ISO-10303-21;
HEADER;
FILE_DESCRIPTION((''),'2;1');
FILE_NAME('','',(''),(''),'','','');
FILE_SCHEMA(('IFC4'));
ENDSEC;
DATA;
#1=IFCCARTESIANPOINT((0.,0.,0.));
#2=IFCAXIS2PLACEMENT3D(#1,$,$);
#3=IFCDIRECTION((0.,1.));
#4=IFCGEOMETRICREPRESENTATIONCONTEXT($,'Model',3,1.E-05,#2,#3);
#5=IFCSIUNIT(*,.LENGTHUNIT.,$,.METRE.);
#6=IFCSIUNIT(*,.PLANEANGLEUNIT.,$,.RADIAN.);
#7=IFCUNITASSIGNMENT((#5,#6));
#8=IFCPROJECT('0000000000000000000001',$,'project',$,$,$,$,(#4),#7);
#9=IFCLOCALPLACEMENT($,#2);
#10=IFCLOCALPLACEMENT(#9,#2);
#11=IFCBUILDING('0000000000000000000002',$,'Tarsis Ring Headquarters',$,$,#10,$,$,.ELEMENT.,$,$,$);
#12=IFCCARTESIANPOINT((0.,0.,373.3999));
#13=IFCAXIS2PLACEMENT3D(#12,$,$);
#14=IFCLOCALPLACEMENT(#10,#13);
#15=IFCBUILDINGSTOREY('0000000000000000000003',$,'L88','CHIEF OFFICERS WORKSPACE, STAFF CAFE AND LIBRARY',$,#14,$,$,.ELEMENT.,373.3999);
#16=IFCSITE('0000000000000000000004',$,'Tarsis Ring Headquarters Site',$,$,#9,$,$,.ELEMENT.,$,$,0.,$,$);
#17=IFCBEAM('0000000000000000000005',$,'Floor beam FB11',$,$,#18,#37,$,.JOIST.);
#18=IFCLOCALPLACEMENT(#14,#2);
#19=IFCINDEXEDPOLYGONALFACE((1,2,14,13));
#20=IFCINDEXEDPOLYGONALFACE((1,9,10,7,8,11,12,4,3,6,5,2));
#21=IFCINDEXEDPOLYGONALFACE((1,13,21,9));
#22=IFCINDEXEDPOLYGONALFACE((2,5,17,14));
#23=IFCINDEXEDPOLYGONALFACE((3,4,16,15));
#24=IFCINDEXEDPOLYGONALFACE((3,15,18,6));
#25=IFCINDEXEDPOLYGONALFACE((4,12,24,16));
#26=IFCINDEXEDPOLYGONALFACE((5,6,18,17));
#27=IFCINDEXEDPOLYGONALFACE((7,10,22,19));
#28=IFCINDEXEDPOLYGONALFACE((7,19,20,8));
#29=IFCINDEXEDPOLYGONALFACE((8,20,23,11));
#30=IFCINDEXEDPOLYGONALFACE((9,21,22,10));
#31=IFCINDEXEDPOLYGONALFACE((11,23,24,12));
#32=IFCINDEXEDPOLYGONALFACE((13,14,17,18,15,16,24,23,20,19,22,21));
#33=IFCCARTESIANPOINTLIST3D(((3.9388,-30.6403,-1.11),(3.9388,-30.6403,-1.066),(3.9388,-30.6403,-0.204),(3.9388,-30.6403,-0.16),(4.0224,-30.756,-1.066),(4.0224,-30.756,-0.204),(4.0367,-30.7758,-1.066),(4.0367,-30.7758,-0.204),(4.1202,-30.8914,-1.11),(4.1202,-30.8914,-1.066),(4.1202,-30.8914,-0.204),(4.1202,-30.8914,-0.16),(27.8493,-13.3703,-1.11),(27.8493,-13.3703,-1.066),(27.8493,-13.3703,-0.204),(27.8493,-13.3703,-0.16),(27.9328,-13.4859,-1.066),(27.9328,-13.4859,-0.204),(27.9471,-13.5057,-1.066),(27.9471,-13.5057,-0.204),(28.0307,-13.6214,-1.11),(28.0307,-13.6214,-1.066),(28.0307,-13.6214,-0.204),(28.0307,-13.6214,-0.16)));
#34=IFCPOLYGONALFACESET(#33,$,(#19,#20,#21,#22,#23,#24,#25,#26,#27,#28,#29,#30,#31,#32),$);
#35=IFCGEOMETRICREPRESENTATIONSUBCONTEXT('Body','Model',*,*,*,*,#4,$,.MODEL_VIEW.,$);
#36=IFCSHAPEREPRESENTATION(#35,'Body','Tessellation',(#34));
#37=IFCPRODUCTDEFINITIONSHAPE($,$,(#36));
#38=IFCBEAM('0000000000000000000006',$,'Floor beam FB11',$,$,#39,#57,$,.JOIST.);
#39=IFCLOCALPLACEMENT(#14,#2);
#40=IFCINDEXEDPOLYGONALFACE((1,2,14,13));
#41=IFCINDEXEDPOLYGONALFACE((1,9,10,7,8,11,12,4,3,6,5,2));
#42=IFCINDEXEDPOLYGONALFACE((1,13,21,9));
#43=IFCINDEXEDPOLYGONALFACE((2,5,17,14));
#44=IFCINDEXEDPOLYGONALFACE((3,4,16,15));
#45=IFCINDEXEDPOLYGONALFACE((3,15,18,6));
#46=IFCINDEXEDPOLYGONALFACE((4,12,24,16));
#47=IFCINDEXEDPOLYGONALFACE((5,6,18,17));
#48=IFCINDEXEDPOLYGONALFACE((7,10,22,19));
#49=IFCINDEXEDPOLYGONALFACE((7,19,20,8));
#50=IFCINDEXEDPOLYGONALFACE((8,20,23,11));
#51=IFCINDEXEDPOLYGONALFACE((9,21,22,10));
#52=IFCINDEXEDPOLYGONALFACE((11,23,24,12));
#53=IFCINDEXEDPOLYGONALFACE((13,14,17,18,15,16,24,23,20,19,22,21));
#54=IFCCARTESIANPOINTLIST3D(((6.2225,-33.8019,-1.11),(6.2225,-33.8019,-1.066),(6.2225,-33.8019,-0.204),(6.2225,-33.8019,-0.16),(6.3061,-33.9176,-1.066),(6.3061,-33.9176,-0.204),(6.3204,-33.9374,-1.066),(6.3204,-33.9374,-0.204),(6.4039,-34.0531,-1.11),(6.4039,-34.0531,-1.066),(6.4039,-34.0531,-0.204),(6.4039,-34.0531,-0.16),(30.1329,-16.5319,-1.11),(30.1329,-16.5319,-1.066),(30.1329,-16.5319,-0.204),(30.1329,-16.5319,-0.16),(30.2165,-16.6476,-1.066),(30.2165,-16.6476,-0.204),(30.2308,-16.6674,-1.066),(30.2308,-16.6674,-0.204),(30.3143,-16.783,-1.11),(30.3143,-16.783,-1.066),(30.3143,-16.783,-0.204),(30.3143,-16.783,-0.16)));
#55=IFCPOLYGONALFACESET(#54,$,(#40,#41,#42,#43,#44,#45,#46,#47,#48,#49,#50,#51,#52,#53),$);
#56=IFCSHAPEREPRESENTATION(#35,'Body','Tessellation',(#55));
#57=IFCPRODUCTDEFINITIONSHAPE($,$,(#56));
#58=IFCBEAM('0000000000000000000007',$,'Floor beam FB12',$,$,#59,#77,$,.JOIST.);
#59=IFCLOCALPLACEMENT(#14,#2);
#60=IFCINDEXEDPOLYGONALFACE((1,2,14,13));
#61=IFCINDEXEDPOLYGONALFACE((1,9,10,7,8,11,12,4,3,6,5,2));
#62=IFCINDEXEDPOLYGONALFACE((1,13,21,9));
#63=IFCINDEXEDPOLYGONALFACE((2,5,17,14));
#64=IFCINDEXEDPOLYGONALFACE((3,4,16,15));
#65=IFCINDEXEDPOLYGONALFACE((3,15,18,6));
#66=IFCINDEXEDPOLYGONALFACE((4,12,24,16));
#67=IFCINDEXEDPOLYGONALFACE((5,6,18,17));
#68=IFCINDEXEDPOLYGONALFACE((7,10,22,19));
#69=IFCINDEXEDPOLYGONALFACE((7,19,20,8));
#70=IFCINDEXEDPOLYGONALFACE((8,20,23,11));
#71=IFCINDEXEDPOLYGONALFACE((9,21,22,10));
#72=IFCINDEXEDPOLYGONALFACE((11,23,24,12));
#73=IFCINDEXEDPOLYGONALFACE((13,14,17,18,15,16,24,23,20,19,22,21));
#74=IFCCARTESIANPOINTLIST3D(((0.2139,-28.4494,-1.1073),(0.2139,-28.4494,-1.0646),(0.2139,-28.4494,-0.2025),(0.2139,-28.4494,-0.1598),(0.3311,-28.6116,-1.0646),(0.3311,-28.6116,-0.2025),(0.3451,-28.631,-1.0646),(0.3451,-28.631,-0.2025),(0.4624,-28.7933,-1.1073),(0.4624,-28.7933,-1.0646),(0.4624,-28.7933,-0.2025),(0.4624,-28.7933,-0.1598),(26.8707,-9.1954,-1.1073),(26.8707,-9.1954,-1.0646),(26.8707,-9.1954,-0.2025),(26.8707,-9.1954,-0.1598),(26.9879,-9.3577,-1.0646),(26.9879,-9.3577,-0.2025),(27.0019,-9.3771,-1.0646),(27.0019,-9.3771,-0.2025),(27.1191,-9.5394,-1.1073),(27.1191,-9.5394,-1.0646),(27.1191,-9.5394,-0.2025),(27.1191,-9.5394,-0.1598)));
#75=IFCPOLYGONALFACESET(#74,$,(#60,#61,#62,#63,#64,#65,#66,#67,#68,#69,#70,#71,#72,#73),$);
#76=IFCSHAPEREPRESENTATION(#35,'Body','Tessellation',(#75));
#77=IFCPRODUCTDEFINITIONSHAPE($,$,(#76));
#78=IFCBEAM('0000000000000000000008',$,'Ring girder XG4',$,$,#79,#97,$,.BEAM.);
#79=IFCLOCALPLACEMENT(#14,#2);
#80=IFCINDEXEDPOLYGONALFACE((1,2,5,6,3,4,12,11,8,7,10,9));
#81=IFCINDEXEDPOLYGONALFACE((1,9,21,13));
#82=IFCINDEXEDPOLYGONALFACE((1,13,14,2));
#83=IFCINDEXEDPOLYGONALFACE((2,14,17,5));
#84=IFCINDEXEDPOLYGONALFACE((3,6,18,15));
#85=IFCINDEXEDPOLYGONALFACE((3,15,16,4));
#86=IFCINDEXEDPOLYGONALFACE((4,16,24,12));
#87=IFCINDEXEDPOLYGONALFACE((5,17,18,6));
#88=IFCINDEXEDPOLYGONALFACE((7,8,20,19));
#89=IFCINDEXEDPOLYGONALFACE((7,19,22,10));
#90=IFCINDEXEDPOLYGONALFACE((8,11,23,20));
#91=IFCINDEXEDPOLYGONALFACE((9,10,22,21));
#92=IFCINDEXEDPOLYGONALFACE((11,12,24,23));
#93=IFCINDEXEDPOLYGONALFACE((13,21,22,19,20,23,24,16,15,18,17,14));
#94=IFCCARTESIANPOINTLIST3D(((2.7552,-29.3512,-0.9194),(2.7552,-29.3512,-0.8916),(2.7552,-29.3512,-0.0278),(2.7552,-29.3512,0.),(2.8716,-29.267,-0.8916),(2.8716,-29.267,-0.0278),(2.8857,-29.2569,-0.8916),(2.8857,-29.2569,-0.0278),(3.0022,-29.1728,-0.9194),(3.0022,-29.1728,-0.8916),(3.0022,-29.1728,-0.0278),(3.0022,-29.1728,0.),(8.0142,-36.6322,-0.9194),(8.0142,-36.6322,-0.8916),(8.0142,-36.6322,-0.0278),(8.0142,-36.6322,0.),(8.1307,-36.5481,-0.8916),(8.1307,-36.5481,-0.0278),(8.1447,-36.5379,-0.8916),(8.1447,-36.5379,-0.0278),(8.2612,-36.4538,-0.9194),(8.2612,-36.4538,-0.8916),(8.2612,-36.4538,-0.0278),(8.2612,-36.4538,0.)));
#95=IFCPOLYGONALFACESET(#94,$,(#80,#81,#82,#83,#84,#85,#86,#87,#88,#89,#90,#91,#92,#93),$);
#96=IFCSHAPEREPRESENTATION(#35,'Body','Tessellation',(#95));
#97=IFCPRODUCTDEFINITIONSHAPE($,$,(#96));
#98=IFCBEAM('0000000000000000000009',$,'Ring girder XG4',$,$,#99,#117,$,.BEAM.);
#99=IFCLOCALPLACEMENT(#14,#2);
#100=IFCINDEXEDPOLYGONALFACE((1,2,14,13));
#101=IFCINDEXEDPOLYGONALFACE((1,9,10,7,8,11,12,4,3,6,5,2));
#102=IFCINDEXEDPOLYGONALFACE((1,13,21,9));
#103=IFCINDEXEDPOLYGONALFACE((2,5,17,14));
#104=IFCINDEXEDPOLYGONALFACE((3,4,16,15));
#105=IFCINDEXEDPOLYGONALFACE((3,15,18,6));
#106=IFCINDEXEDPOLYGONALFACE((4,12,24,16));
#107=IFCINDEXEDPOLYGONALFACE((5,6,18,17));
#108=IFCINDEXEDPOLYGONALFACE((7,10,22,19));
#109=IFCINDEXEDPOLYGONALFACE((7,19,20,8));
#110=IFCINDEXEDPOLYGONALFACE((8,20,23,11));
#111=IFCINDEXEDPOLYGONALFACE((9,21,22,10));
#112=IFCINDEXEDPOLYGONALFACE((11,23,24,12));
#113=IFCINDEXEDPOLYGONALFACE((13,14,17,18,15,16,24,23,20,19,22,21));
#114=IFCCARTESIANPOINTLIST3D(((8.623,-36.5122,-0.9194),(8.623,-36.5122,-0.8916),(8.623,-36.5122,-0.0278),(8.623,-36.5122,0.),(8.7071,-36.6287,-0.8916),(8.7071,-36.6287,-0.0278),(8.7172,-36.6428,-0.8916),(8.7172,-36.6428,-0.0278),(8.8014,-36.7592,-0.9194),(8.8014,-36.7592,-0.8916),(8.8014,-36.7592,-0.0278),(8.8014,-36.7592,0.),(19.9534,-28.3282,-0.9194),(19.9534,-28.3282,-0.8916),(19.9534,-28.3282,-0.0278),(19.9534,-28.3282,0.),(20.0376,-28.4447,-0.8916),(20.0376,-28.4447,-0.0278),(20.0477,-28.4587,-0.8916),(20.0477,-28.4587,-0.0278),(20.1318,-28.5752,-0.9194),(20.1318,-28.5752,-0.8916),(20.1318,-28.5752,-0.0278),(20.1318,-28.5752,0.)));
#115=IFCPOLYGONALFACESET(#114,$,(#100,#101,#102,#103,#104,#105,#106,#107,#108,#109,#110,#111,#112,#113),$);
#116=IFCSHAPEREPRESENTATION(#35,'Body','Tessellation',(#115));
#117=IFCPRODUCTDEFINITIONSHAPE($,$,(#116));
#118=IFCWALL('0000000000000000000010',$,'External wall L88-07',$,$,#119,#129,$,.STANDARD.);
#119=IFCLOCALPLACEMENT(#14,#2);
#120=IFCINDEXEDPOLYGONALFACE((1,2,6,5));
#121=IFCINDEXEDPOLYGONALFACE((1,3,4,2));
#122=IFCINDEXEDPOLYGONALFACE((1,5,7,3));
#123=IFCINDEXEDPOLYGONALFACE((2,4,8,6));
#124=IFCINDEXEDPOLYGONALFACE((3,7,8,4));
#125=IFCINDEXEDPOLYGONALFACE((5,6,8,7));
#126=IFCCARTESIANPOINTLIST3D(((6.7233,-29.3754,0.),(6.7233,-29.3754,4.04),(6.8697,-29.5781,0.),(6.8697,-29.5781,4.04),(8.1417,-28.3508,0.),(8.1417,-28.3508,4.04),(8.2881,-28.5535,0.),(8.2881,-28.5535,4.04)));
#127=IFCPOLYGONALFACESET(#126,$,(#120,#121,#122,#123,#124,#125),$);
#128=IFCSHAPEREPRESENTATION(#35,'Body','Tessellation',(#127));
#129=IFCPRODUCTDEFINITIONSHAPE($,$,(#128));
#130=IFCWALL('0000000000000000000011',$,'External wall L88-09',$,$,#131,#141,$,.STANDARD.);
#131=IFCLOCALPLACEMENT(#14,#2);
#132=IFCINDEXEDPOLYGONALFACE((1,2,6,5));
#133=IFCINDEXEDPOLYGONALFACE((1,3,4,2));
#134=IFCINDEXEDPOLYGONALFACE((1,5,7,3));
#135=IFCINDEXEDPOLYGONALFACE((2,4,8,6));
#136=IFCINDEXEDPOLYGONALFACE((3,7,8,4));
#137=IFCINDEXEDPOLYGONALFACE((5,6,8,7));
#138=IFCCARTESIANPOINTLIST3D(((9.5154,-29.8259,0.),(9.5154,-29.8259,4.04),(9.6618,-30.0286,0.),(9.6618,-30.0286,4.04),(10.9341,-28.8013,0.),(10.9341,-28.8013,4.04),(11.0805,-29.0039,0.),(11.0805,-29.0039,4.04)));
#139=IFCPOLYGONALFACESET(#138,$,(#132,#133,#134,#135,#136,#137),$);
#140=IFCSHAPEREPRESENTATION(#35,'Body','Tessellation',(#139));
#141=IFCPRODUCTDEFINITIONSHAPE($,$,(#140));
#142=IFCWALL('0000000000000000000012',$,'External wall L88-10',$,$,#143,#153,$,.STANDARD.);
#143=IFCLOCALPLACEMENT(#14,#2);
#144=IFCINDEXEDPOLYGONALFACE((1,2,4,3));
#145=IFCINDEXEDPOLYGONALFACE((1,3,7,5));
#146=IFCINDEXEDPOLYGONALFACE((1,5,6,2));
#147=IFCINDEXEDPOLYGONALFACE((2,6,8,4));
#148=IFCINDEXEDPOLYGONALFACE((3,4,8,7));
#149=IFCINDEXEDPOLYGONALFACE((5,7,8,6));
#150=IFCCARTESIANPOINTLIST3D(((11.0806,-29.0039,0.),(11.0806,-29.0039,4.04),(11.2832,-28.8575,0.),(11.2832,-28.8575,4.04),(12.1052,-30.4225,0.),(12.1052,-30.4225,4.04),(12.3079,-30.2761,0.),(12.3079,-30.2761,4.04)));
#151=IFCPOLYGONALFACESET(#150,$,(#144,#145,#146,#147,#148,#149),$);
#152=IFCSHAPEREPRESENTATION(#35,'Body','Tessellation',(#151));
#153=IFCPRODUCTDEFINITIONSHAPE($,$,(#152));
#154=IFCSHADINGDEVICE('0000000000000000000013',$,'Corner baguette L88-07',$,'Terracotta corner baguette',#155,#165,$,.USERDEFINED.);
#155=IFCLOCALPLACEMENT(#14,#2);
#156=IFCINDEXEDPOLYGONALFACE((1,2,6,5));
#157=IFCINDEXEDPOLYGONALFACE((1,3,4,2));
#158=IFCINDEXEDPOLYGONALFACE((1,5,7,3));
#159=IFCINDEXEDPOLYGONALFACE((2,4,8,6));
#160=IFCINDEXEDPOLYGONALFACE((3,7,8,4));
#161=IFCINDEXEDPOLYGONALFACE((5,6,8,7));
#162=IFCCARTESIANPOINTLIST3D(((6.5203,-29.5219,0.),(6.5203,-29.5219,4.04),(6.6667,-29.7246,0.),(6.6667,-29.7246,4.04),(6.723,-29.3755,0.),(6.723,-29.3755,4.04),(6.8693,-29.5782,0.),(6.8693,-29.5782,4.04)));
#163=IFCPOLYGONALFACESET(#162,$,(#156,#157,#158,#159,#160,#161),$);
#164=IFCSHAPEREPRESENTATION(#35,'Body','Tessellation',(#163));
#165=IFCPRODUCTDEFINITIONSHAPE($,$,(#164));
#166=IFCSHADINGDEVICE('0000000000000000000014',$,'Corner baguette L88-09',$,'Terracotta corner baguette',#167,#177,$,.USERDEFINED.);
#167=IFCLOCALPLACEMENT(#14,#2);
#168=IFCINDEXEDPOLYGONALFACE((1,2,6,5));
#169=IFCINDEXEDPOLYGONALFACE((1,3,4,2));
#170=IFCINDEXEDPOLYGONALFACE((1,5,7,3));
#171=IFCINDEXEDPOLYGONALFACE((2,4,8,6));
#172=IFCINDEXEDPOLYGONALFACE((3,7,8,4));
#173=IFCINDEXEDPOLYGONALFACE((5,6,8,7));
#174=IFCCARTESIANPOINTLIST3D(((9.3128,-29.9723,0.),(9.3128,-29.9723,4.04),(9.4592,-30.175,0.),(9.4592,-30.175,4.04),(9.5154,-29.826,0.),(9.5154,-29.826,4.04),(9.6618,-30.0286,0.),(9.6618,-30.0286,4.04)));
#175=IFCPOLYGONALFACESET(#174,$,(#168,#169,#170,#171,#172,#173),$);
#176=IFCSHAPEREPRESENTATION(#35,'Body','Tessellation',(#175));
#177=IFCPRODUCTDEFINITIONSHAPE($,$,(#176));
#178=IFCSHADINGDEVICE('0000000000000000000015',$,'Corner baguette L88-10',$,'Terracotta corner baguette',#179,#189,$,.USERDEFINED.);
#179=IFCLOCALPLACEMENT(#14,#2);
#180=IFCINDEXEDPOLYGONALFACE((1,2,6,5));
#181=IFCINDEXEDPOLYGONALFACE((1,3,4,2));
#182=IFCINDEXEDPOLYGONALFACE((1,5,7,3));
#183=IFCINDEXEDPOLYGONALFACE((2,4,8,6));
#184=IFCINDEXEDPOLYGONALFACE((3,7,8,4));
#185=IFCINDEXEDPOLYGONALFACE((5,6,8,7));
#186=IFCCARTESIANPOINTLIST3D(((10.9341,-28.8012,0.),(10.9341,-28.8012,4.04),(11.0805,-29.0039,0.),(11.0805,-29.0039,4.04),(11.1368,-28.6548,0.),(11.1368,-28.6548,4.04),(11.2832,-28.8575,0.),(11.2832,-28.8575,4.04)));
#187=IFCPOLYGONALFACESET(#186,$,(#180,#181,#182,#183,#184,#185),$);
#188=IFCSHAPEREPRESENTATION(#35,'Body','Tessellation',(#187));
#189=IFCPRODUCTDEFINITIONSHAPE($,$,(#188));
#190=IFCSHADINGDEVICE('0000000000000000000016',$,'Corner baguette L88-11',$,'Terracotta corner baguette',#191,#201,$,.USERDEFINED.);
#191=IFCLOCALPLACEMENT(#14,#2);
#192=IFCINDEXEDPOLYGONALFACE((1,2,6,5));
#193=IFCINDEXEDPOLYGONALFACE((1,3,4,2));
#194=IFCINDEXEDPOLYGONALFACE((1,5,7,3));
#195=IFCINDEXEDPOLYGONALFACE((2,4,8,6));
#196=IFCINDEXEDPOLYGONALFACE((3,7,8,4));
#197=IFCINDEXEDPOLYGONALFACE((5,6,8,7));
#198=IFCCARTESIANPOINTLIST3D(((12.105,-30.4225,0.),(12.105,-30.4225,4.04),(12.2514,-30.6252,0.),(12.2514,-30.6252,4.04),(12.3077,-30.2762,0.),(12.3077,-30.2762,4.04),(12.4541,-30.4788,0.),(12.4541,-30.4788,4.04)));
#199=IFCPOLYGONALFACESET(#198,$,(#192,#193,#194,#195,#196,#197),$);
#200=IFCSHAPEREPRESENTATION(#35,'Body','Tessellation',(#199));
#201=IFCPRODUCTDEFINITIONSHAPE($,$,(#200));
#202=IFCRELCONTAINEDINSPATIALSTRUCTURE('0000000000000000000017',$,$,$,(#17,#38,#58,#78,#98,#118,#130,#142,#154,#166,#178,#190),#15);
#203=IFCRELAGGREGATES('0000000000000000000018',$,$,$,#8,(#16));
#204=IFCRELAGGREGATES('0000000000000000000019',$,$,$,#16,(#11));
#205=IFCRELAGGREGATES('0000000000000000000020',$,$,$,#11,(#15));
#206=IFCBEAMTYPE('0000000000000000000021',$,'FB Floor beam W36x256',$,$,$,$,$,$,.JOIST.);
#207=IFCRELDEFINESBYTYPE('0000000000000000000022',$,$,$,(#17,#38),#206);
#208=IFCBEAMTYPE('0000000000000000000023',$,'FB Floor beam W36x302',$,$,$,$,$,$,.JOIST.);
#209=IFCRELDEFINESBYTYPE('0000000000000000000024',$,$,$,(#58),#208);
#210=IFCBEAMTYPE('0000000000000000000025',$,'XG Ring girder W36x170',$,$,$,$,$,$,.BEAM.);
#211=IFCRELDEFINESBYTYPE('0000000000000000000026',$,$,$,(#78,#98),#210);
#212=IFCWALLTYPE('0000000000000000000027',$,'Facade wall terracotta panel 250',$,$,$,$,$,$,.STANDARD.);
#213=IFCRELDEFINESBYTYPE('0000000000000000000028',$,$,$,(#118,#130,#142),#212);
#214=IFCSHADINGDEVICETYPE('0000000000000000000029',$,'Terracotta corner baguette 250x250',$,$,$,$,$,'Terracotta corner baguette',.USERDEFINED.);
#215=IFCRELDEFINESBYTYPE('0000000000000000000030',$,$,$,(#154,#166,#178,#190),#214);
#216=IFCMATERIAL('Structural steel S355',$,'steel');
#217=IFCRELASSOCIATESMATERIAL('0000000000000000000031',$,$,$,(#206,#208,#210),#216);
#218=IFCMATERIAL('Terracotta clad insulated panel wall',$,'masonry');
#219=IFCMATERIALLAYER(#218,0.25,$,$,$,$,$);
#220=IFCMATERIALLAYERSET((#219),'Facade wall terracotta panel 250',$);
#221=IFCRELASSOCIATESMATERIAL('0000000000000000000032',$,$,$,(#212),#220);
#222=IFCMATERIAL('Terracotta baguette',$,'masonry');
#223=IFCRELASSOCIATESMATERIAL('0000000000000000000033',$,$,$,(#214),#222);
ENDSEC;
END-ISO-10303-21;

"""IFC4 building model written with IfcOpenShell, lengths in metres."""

from ifc_helpers import new_model, si_unit, direction, frame, frame_2d, origin, origin_2d, place, context, subcontext, project, spatial, rectangle, i_section, extrude, material, layer, layer_set, material_profile, profile_set, type_object, element, save


model = new_model("IFC4")

# Units and contexts
model_context = context("Model", 3, precision=1e-05, world=origin(), true_north=direction((0.0, 1.0)))
body_context = subcontext(model_context, "Body", "Model", "MODEL_VIEW")
ifc_project = project(units=[si_unit("LENGTHUNIT", "METRE"), si_unit("PLANEANGLEUNIT", "RADIAN")], contexts=[model_context])

# Site, building, storey
site_placement = place(None, origin())
site = spatial("IfcSite", under=ifc_project, at=site_placement, Name="Tarsis Ring Headquarters Site", CompositionType="ELEMENT", RefElevation=0.0)
building_placement = place(site_placement, origin())
building = spatial("IfcBuilding", under=site, at=building_placement, Name="Tarsis Ring Headquarters", CompositionType="ELEMENT")
storey_placement = place(building_placement, frame((0.0, 0.0, 373.3999)))
storey = spatial("IfcBuildingStorey", under=building, at=storey_placement, Name="L88", Description="CHIEF OFFICERS WORKSPACE, STAFF CAFE AND LIBRARY", CompositionType="ELEMENT", Elevation=373.3999)

# Shared definitions
ifc_material_1 = material(Name="Structural steel S355", Category="steel")

# Beams
ifc_material_profile_1 = material_profile(ifc_material_1, i_section(OverallWidth=0.3098, OverallDepth=0.95, WebThickness=0.0244, FlangeThickness=0.0439, at=origin_2d()), Name="W36x256")
ifc_profile_set_1 = profile_set([ifc_material_profile_1], Name="Structural steel S355")
beam_type_1 = type_object("IfcBeamType", Name="FB Floor beam W36x256", PredefinedType="JOIST", material=ifc_profile_set_1)
for number, where, z_axis, x_axis, name in (
    (1, (4.0295, -30.7659, -0.635), (0.810657, 0.585522, 0.0), (-0.585522, 0.810657, 0.0), "Floor beam FB11"),
    (2, (6.3132, -33.9275, -0.635), (0.810657, 0.585522, 0.0), (-0.585522, 0.810657, 0.0), "Floor beam FB11"),
):
    element("IfcBeam", number, at=place(storey_placement, frame(where, z_axis=z_axis, x_axis=x_axis)), inside=storey, type_object=beam_type_1, Name=name, PredefinedType="JOIST", context=body_context, shape_type="SweptSolid", body=[
        extrude(i_section(OverallWidth=0.3098, OverallDepth=0.95, WebThickness=0.0244, FlangeThickness=0.0439, at=origin_2d()), origin(), (0.0, 0.0, 1.0), 29.4951),
    ])
ifc_material_profile_2 = material_profile(ifc_material_1, i_section(OverallWidth=0.4243, OverallDepth=0.9475, WebThickness=0.0239, FlangeThickness=0.0427, at=origin_2d()), Name="W36x302")
ifc_profile_set_2 = profile_set([ifc_material_profile_2], Name="Structural steel S355")
beam_type_2 = type_object("IfcBeamType", Name="FB Floor beam W36x302", PredefinedType="JOIST", material=ifc_profile_set_2)
beam_1_placement = place(storey_placement, frame((0.3381, -28.6213, -0.6335), z_axis=(0.810653, 0.585527, 0.0), x_axis=(-0.585527, 0.810653, 0.0)))
element("IfcBeam", 3, at=beam_1_placement, inside=storey, type_object=beam_type_2, Name="Floor beam FB12", PredefinedType="JOIST", context=body_context, shape_type="SweptSolid", body=[
    extrude(i_section(OverallWidth=0.4243, OverallDepth=0.9475, WebThickness=0.0239, FlangeThickness=0.0427, at=origin_2d()), origin(), (0.0, 0.0, 1.0), 32.8831),
])
ifc_material_profile_3 = material_profile(ifc_material_1, i_section(OverallWidth=0.3047, OverallDepth=0.9194, WebThickness=0.0173, FlangeThickness=0.0278, at=origin_2d()), Name="W36x170")
ifc_profile_set_3 = profile_set([ifc_material_profile_3], Name="Structural steel S355")
beam_type_3 = type_object("IfcBeamType", Name="XG Ring girder W36x170", PredefinedType="BEAM", material=ifc_profile_set_3)
beam_2_placement = place(storey_placement, frame((2.8787, -29.262, -0.4597), z_axis=(0.585529, -0.810651, 0.0), x_axis=(0.810651, 0.585529, 0.0)))
element("IfcBeam", 4, at=beam_2_placement, inside=storey, type_object=beam_type_3, Name="Ring girder XG4", PredefinedType="BEAM", context=body_context, shape_type="SweptSolid", body=[
    extrude(i_section(OverallWidth=0.3047, OverallDepth=0.9194, WebThickness=0.0173, FlangeThickness=0.0278, at=origin_2d()), origin(), (0.0, 0.0, 1.0), 8.9817),
])
beam_3_placement = place(storey_placement, frame((8.7122, -36.6357, -0.4597), z_axis=(0.810649, 0.585533, 0.0), x_axis=(-0.585533, 0.810649, 0.0)))
element("IfcBeam", 5, at=beam_3_placement, inside=storey, type_object=beam_type_3, Name="Ring girder XG4", PredefinedType="BEAM", context=body_context, shape_type="SweptSolid", body=[
    extrude(i_section(OverallWidth=0.3047, OverallDepth=0.9194, WebThickness=0.0173, FlangeThickness=0.0278, at=origin_2d()), origin(), (0.0, 0.0, 1.0), 13.9771),
])

# Walls
ifc_material_2 = material(Name="Terracotta clad insulated panel wall", Category="masonry")
ifc_layer_1 = layer(ifc_material_2, 0.25)
ifc_layer_set_1 = layer_set([ifc_layer_1], Name="Facade wall terracotta panel 250")
wall_type = type_object("IfcWallType", Name="Facade wall terracotta panel 250", PredefinedType="STANDARD", material=ifc_layer_set_1)
wall_placement = place(storey_placement, frame((6.7964, -29.4768, 0.0), z_axis=(0.0, 0.0, 1.0), x_axis=(0.81062, 0.585572, 0.0)))
element("IfcWall", 6, at=wall_placement, inside=storey, type_object=wall_type, Name="External wall L88-07", PredefinedType="STANDARD", context=body_context, shape_type="SweptSolid", body=[
    extrude(rectangle(XDim=1.7498, YDim=0.25, at=frame_2d((0.875, 0.0))), origin(), (0.0, 0.0, 1.0), 4.04),
])
for number, where, z_axis, x_axis, name in (
    (7, (9.5886, -29.9272, 0.0), (0.0, 0.0, 1.0), (0.810668, 0.585506, 0.0), "External wall L88-09"),
    (8, (11.1819, -28.9307, 0.0), (0.0, 0.0, 1.0), (0.585506, -0.810668, 0.0), "External wall L88-10"),
):
    element("IfcWall", number, at=place(storey_placement, frame(where, z_axis=z_axis, x_axis=x_axis)), inside=storey, type_object=wall_type, Name=name, PredefinedType="STANDARD", context=body_context, shape_type="SweptSolid", body=[
        extrude(rectangle(XDim=1.75, YDim=0.25, at=frame_2d((0.875, 0.0))), origin(), (0.0, 0.0, 1.0), 4.04),
    ])

# Shading devices
ifc_material_3 = material(Name="Terracotta baguette", Category="masonry")
shading_device_type_1 = type_object("IfcShadingDeviceType", Name="Terracotta corner baguette 250x250", ElementType="Terracotta corner baguette", PredefinedType="USERDEFINED", material=ifc_material_3)
for number, where, z_axis, x_axis, name in (
    (9, (6.6948, -29.55, 0.0), (0.0, 0.0, 1.0), (0.585524, -0.810655, 0.0), "Corner baguette L88-07"),
    (10, (9.4873, -30.0005, 0.0), (0.0, 0.0, 1.0), (0.585523, -0.810655, 0.0), "Corner baguette L88-09"),
    (11, (11.1086, -28.8293, 0.0), (0.0, 0.0, 1.0), (0.810655, 0.585524, 0.0), "Corner baguette L88-10"),
    (12, (12.2795, -30.4507, 0.0), (0.0, 0.0, 1.0), (0.585523, -0.810655, 0.0), "Corner baguette L88-11"),
):
    element("IfcShadingDevice", number, at=place(storey_placement, frame(where, z_axis=z_axis, x_axis=x_axis)), inside=storey, type_object=shading_device_type_1, Name=name, ObjectType="Terracotta corner baguette", PredefinedType="USERDEFINED", context=body_context, shape_type="SweptSolid", body=[
        extrude(rectangle(XDim=0.25, YDim=0.25, at=origin_2d()), origin(), (0.0, 0.0, 1.0), 4.04),
    ])

save(model, "model.ifc")
